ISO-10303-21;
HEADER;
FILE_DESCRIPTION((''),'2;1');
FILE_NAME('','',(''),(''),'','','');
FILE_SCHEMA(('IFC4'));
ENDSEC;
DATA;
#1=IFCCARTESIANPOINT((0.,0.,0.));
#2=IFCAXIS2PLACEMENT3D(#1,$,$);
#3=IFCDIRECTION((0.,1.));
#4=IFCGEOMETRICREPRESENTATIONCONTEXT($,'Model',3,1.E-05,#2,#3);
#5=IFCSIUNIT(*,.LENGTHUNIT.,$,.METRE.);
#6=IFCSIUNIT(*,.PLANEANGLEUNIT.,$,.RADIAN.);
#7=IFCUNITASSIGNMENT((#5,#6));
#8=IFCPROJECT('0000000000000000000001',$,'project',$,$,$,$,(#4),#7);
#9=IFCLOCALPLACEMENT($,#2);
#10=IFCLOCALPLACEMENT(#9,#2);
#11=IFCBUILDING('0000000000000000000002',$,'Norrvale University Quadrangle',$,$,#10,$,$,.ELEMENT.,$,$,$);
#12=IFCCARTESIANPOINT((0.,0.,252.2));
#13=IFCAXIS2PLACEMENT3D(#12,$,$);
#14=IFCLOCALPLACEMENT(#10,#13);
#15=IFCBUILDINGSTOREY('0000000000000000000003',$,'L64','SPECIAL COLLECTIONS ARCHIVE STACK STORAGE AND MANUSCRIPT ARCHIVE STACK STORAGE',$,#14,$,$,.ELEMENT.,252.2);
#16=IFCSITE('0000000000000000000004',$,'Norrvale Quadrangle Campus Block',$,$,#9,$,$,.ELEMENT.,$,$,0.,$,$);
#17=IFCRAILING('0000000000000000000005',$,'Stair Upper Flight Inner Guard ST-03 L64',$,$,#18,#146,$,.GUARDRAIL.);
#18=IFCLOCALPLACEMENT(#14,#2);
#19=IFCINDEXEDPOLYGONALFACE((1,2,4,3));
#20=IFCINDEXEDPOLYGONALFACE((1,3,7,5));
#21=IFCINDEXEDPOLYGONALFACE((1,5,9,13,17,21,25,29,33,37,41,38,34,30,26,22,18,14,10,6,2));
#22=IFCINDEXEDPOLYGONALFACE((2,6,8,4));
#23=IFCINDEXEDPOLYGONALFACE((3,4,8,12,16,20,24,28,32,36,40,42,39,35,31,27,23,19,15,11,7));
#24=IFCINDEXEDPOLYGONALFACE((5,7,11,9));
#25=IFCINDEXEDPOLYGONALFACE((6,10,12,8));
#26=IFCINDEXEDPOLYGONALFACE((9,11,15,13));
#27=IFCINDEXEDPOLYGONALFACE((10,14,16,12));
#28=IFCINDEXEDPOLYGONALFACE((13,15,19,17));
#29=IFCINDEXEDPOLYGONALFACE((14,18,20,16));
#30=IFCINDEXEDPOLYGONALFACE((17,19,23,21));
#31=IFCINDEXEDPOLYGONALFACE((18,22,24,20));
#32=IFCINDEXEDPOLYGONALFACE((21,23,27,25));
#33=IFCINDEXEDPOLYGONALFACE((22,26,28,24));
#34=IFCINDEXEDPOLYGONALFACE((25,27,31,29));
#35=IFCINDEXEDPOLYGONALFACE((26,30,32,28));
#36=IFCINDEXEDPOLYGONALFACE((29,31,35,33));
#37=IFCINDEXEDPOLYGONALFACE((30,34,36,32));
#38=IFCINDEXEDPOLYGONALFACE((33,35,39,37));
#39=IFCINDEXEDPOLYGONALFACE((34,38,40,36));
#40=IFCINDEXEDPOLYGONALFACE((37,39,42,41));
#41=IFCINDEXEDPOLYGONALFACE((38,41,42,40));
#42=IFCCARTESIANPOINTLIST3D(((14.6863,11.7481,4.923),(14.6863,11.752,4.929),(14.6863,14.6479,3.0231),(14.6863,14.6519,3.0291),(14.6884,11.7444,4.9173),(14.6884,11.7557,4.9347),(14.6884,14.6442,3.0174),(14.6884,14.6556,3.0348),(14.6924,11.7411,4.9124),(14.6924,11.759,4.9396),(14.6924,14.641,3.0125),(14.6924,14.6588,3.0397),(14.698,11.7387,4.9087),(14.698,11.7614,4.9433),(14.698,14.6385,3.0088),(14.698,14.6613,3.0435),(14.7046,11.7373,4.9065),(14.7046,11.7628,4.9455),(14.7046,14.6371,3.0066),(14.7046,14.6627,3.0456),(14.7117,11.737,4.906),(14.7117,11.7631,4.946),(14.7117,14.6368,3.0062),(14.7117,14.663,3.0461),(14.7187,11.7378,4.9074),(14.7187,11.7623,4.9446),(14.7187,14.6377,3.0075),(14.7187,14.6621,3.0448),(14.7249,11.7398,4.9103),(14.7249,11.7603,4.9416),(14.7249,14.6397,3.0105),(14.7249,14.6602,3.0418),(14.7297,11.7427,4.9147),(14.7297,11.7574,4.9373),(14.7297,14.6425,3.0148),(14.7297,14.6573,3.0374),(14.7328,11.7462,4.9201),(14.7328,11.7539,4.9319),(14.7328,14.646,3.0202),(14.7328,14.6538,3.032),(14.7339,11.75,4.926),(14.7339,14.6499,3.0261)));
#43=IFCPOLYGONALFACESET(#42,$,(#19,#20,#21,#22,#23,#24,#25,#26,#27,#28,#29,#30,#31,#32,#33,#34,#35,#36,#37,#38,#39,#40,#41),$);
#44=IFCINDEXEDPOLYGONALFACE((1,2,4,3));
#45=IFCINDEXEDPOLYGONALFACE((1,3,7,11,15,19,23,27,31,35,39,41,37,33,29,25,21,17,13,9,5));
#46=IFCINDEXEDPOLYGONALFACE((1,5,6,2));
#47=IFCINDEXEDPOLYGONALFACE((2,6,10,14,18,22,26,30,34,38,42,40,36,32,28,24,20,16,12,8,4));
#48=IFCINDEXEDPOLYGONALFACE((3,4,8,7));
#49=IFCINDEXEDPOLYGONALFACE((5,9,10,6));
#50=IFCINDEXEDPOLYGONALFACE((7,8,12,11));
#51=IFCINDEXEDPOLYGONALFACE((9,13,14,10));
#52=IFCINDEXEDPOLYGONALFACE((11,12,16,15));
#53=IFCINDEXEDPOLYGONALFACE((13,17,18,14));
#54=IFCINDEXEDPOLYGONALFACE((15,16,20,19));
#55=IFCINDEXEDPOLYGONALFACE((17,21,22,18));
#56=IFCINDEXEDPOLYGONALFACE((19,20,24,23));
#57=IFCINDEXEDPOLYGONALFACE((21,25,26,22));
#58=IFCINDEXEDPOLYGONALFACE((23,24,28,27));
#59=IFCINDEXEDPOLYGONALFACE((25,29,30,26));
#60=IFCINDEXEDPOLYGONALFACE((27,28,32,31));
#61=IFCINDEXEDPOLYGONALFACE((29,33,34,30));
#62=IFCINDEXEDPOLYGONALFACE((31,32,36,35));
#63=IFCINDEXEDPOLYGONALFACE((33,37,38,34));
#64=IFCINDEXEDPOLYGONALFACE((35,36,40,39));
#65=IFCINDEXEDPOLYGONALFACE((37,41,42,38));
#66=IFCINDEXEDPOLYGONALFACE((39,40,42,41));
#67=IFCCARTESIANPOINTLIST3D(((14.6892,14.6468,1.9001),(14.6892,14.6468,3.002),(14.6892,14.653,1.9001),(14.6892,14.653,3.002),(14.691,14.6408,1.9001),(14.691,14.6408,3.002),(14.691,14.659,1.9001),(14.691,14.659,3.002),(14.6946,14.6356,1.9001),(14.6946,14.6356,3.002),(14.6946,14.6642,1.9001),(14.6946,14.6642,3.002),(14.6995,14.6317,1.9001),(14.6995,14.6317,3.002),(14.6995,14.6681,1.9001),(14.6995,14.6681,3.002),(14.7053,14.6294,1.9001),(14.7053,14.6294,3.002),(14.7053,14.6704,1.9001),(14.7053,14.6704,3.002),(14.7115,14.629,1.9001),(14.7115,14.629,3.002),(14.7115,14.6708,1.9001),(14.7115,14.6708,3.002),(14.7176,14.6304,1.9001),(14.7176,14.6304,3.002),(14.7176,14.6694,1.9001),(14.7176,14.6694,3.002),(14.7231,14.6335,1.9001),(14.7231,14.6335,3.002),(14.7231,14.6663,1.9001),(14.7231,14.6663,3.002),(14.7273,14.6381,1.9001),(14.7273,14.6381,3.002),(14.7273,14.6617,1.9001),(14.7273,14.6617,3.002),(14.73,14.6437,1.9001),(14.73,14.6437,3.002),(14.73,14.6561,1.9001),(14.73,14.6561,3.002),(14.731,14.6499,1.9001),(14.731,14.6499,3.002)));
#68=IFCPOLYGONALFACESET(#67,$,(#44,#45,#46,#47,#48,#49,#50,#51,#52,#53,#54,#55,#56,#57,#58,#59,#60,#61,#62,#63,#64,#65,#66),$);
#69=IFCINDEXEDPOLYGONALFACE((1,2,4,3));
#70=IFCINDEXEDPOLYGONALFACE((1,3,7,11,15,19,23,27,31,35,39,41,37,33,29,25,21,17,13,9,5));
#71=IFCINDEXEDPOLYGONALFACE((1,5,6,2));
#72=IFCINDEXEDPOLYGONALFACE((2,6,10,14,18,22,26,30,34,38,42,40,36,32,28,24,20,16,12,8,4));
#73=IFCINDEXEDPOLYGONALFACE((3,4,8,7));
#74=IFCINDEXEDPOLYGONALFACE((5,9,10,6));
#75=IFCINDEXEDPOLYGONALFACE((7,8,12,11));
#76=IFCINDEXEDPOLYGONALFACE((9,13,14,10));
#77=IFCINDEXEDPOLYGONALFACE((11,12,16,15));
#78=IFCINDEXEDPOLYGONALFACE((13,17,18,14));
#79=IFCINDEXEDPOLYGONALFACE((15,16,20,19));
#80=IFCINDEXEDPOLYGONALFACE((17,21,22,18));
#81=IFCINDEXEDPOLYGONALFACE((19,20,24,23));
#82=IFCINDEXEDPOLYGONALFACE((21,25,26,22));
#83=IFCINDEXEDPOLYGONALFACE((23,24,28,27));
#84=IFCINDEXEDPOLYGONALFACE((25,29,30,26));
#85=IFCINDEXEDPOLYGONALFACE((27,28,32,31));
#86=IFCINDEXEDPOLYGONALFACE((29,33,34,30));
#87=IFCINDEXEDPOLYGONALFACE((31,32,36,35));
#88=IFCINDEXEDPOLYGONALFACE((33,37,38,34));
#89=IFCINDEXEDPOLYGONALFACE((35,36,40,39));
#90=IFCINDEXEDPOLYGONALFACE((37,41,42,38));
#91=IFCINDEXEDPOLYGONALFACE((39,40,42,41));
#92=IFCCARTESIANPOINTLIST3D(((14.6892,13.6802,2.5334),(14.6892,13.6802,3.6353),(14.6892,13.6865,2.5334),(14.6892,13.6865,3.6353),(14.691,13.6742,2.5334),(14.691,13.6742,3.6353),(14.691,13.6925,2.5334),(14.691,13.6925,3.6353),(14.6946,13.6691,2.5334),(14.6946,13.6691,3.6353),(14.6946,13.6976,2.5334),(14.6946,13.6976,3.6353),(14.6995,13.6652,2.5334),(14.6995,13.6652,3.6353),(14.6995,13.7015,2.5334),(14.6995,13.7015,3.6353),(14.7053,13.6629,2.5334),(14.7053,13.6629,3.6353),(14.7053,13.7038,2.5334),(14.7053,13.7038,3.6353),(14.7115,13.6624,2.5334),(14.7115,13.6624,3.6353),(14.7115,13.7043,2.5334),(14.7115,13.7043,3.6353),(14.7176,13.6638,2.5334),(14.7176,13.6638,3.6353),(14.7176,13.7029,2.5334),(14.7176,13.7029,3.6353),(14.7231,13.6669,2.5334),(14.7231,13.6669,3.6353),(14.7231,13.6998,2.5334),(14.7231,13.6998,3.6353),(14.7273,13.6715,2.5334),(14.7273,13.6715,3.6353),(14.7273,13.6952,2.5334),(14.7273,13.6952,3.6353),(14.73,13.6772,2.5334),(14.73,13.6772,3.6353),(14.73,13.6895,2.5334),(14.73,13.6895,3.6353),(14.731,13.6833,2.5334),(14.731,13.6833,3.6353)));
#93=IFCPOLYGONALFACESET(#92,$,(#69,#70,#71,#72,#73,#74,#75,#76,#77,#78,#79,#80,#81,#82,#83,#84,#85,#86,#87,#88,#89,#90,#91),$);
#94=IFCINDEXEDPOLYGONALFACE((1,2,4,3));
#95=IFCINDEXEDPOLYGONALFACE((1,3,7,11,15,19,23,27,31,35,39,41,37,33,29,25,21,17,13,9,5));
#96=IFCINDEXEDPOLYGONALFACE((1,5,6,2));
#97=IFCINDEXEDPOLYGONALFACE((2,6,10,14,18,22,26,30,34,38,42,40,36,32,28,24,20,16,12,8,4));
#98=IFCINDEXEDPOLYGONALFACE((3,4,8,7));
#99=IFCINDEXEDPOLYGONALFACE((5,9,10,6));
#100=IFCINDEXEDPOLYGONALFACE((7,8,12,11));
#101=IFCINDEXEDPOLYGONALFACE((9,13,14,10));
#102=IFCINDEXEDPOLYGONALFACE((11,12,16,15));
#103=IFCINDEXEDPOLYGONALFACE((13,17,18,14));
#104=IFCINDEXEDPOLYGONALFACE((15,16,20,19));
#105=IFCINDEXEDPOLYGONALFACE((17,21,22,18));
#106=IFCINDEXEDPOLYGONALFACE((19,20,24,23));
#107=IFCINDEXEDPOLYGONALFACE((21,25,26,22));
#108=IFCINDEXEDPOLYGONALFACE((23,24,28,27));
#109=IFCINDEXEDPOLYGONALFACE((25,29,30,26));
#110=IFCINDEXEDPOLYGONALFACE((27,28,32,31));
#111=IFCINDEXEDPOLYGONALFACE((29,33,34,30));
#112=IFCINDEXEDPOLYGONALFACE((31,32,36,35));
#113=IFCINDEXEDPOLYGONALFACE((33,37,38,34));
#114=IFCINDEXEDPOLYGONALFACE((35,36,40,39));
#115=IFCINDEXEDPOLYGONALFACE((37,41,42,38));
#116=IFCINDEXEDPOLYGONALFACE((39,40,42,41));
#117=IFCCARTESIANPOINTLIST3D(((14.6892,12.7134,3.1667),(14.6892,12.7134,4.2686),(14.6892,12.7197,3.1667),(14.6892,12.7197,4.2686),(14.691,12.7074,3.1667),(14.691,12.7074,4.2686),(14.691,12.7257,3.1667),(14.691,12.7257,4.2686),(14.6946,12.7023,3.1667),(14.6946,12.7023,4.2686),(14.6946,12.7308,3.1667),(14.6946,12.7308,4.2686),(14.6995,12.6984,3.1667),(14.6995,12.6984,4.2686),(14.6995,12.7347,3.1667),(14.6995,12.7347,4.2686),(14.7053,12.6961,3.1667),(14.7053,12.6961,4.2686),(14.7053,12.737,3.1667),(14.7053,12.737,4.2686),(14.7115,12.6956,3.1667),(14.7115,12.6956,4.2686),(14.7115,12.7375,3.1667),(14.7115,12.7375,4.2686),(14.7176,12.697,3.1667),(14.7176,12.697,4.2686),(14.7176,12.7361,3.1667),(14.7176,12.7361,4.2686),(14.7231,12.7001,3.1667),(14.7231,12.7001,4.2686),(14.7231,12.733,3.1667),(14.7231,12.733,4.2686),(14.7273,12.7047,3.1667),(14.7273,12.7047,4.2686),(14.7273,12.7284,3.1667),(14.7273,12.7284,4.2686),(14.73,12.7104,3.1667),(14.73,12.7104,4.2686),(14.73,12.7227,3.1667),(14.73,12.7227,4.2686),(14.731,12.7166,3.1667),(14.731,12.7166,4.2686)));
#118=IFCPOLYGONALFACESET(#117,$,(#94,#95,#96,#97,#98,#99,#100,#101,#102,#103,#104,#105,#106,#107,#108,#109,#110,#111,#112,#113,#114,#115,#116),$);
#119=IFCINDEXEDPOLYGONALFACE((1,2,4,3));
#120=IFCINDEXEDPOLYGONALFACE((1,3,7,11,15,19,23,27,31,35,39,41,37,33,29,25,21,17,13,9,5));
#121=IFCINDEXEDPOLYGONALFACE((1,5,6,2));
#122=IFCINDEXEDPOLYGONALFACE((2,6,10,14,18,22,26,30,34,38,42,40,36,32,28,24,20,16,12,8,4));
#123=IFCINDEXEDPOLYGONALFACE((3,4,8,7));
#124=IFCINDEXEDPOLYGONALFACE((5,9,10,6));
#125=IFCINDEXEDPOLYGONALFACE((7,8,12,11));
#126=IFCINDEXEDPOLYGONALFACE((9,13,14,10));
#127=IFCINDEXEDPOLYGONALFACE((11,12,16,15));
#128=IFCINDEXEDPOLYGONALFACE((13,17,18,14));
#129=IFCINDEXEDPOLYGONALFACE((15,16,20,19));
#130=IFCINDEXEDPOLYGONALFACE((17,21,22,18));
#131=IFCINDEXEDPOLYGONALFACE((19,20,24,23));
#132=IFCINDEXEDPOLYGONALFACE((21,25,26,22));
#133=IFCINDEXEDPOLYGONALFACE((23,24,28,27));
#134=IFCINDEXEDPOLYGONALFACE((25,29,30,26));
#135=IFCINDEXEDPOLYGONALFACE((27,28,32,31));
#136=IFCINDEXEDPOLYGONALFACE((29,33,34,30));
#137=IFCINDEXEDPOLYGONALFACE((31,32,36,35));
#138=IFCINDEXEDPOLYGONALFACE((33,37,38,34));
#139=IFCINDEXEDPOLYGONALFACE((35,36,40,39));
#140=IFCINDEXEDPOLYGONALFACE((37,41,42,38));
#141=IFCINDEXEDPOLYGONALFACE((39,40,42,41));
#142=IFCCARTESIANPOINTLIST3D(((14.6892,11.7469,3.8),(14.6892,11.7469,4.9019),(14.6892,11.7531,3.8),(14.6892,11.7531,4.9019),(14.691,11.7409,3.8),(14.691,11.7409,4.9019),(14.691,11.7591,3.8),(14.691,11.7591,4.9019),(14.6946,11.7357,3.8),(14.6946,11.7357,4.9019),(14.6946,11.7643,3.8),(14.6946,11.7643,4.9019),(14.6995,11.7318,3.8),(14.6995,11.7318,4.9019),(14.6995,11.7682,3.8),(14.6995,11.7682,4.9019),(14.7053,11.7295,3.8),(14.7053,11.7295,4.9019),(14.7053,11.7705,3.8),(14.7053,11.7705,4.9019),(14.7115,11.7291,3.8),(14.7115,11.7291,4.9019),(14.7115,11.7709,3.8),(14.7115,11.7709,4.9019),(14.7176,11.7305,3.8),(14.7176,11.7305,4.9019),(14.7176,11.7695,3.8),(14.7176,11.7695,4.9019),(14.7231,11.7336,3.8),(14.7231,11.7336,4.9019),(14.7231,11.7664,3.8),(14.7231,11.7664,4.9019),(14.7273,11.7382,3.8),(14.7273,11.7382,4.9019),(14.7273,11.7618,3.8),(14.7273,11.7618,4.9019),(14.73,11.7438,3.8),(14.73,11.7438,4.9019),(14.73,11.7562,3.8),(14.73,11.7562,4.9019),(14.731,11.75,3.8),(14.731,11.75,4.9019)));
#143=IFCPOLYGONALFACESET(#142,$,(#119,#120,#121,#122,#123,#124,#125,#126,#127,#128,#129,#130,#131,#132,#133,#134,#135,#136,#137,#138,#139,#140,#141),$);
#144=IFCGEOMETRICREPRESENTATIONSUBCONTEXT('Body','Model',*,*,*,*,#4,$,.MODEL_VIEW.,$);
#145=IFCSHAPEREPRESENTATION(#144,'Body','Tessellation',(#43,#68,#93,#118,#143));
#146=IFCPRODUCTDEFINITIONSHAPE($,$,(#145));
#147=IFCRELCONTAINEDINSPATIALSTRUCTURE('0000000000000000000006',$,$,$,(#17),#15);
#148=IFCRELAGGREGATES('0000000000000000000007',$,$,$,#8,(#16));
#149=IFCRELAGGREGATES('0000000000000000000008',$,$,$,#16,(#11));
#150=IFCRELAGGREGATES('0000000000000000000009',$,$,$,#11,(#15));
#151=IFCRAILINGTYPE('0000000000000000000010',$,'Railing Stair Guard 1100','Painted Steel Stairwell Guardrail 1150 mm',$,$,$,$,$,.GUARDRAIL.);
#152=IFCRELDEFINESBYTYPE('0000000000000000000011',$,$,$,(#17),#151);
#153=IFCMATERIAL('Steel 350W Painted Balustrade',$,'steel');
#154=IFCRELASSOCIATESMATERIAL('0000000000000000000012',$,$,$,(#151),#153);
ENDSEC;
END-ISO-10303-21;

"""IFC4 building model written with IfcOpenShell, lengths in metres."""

from ifc_helpers import new_model, si_unit, direction, frame, origin, origin_2d, place, context, subcontext, project, spatial, circle, extrude, material, type_object, element, save


model = new_model("IFC4")

# Units and contexts
model_context = context("Model", 3, precision=1e-05, world=origin(), true_north=direction((0.0, 1.0)))
body_context = subcontext(model_context, "Body", "Model", "MODEL_VIEW")
ifc_project = project(units=[si_unit("LENGTHUNIT", "METRE"), si_unit("PLANEANGLEUNIT", "RADIAN")], contexts=[model_context])

# Site, building, storey
site_placement = place(None, origin())
site = spatial("IfcSite", under=ifc_project, at=site_placement, Name="Norrvale Quadrangle Campus Block", CompositionType="ELEMENT", RefElevation=0.0)
building_placement = place(site_placement, origin())
building = spatial("IfcBuilding", under=site, at=building_placement, Name="Norrvale University Quadrangle", CompositionType="ELEMENT")
storey_placement = place(building_placement, frame((0.0, 0.0, 252.2)))
storey = spatial("IfcBuildingStorey", under=building, at=storey_placement, Name="L64", Description="SPECIAL COLLECTIONS ARCHIVE STACK STORAGE AND MANUSCRIPT ARCHIVE STACK STORAGE", CompositionType="ELEMENT", Elevation=252.2)

# Railing
ifc_material_1 = material(Name="Steel 350W Painted Balustrade", Category="steel")
railing_type_1 = type_object("IfcRailingType", Name="Railing Stair Guard 1100", Description="Painted Steel Stairwell Guardrail 1150 mm", PredefinedType="GUARDRAIL", material=ifc_material_1)
railing_1_placement = place(storey_placement, frame((14.71, 14.6499, 1.9001)))
element("IfcRailing", 1, at=railing_1_placement, inside=storey, type_object=railing_type_1, Name="Stair Upper Flight Inner Guard ST-03 L64", PredefinedType="GUARDRAIL", context=body_context, shape_type="SweptSolid", body=[
    extrude(circle(Radius=0.0239, at=origin_2d()), frame((0.0, 0.0, 1.126), z_axis=(0.0, -0.836466, 0.548019), x_axis=(1.0, 0.0, 0.0)), (0.0, 0.0, 1.0), 3.4668),
    extrude(circle(Radius=0.021, at=origin_2d()), origin(), (0.0, 0.0, 1.0), 1.1018),
    extrude(circle(Radius=0.021, at=origin_2d()), frame((0.0, -0.9666, 0.6333)), (0.0, 0.0, 1.0), 1.1018),
    extrude(circle(Radius=0.021, at=origin_2d()), frame((0.0, -1.9333, 1.2666)), (0.0, 0.0, 1.0), 1.1018),
    extrude(circle(Radius=0.021, at=origin_2d()), frame((0.0, -2.8999, 1.8999)), (0.0, 0.0, 1.0), 1.1018),
])

save(model, "model.ifc")
